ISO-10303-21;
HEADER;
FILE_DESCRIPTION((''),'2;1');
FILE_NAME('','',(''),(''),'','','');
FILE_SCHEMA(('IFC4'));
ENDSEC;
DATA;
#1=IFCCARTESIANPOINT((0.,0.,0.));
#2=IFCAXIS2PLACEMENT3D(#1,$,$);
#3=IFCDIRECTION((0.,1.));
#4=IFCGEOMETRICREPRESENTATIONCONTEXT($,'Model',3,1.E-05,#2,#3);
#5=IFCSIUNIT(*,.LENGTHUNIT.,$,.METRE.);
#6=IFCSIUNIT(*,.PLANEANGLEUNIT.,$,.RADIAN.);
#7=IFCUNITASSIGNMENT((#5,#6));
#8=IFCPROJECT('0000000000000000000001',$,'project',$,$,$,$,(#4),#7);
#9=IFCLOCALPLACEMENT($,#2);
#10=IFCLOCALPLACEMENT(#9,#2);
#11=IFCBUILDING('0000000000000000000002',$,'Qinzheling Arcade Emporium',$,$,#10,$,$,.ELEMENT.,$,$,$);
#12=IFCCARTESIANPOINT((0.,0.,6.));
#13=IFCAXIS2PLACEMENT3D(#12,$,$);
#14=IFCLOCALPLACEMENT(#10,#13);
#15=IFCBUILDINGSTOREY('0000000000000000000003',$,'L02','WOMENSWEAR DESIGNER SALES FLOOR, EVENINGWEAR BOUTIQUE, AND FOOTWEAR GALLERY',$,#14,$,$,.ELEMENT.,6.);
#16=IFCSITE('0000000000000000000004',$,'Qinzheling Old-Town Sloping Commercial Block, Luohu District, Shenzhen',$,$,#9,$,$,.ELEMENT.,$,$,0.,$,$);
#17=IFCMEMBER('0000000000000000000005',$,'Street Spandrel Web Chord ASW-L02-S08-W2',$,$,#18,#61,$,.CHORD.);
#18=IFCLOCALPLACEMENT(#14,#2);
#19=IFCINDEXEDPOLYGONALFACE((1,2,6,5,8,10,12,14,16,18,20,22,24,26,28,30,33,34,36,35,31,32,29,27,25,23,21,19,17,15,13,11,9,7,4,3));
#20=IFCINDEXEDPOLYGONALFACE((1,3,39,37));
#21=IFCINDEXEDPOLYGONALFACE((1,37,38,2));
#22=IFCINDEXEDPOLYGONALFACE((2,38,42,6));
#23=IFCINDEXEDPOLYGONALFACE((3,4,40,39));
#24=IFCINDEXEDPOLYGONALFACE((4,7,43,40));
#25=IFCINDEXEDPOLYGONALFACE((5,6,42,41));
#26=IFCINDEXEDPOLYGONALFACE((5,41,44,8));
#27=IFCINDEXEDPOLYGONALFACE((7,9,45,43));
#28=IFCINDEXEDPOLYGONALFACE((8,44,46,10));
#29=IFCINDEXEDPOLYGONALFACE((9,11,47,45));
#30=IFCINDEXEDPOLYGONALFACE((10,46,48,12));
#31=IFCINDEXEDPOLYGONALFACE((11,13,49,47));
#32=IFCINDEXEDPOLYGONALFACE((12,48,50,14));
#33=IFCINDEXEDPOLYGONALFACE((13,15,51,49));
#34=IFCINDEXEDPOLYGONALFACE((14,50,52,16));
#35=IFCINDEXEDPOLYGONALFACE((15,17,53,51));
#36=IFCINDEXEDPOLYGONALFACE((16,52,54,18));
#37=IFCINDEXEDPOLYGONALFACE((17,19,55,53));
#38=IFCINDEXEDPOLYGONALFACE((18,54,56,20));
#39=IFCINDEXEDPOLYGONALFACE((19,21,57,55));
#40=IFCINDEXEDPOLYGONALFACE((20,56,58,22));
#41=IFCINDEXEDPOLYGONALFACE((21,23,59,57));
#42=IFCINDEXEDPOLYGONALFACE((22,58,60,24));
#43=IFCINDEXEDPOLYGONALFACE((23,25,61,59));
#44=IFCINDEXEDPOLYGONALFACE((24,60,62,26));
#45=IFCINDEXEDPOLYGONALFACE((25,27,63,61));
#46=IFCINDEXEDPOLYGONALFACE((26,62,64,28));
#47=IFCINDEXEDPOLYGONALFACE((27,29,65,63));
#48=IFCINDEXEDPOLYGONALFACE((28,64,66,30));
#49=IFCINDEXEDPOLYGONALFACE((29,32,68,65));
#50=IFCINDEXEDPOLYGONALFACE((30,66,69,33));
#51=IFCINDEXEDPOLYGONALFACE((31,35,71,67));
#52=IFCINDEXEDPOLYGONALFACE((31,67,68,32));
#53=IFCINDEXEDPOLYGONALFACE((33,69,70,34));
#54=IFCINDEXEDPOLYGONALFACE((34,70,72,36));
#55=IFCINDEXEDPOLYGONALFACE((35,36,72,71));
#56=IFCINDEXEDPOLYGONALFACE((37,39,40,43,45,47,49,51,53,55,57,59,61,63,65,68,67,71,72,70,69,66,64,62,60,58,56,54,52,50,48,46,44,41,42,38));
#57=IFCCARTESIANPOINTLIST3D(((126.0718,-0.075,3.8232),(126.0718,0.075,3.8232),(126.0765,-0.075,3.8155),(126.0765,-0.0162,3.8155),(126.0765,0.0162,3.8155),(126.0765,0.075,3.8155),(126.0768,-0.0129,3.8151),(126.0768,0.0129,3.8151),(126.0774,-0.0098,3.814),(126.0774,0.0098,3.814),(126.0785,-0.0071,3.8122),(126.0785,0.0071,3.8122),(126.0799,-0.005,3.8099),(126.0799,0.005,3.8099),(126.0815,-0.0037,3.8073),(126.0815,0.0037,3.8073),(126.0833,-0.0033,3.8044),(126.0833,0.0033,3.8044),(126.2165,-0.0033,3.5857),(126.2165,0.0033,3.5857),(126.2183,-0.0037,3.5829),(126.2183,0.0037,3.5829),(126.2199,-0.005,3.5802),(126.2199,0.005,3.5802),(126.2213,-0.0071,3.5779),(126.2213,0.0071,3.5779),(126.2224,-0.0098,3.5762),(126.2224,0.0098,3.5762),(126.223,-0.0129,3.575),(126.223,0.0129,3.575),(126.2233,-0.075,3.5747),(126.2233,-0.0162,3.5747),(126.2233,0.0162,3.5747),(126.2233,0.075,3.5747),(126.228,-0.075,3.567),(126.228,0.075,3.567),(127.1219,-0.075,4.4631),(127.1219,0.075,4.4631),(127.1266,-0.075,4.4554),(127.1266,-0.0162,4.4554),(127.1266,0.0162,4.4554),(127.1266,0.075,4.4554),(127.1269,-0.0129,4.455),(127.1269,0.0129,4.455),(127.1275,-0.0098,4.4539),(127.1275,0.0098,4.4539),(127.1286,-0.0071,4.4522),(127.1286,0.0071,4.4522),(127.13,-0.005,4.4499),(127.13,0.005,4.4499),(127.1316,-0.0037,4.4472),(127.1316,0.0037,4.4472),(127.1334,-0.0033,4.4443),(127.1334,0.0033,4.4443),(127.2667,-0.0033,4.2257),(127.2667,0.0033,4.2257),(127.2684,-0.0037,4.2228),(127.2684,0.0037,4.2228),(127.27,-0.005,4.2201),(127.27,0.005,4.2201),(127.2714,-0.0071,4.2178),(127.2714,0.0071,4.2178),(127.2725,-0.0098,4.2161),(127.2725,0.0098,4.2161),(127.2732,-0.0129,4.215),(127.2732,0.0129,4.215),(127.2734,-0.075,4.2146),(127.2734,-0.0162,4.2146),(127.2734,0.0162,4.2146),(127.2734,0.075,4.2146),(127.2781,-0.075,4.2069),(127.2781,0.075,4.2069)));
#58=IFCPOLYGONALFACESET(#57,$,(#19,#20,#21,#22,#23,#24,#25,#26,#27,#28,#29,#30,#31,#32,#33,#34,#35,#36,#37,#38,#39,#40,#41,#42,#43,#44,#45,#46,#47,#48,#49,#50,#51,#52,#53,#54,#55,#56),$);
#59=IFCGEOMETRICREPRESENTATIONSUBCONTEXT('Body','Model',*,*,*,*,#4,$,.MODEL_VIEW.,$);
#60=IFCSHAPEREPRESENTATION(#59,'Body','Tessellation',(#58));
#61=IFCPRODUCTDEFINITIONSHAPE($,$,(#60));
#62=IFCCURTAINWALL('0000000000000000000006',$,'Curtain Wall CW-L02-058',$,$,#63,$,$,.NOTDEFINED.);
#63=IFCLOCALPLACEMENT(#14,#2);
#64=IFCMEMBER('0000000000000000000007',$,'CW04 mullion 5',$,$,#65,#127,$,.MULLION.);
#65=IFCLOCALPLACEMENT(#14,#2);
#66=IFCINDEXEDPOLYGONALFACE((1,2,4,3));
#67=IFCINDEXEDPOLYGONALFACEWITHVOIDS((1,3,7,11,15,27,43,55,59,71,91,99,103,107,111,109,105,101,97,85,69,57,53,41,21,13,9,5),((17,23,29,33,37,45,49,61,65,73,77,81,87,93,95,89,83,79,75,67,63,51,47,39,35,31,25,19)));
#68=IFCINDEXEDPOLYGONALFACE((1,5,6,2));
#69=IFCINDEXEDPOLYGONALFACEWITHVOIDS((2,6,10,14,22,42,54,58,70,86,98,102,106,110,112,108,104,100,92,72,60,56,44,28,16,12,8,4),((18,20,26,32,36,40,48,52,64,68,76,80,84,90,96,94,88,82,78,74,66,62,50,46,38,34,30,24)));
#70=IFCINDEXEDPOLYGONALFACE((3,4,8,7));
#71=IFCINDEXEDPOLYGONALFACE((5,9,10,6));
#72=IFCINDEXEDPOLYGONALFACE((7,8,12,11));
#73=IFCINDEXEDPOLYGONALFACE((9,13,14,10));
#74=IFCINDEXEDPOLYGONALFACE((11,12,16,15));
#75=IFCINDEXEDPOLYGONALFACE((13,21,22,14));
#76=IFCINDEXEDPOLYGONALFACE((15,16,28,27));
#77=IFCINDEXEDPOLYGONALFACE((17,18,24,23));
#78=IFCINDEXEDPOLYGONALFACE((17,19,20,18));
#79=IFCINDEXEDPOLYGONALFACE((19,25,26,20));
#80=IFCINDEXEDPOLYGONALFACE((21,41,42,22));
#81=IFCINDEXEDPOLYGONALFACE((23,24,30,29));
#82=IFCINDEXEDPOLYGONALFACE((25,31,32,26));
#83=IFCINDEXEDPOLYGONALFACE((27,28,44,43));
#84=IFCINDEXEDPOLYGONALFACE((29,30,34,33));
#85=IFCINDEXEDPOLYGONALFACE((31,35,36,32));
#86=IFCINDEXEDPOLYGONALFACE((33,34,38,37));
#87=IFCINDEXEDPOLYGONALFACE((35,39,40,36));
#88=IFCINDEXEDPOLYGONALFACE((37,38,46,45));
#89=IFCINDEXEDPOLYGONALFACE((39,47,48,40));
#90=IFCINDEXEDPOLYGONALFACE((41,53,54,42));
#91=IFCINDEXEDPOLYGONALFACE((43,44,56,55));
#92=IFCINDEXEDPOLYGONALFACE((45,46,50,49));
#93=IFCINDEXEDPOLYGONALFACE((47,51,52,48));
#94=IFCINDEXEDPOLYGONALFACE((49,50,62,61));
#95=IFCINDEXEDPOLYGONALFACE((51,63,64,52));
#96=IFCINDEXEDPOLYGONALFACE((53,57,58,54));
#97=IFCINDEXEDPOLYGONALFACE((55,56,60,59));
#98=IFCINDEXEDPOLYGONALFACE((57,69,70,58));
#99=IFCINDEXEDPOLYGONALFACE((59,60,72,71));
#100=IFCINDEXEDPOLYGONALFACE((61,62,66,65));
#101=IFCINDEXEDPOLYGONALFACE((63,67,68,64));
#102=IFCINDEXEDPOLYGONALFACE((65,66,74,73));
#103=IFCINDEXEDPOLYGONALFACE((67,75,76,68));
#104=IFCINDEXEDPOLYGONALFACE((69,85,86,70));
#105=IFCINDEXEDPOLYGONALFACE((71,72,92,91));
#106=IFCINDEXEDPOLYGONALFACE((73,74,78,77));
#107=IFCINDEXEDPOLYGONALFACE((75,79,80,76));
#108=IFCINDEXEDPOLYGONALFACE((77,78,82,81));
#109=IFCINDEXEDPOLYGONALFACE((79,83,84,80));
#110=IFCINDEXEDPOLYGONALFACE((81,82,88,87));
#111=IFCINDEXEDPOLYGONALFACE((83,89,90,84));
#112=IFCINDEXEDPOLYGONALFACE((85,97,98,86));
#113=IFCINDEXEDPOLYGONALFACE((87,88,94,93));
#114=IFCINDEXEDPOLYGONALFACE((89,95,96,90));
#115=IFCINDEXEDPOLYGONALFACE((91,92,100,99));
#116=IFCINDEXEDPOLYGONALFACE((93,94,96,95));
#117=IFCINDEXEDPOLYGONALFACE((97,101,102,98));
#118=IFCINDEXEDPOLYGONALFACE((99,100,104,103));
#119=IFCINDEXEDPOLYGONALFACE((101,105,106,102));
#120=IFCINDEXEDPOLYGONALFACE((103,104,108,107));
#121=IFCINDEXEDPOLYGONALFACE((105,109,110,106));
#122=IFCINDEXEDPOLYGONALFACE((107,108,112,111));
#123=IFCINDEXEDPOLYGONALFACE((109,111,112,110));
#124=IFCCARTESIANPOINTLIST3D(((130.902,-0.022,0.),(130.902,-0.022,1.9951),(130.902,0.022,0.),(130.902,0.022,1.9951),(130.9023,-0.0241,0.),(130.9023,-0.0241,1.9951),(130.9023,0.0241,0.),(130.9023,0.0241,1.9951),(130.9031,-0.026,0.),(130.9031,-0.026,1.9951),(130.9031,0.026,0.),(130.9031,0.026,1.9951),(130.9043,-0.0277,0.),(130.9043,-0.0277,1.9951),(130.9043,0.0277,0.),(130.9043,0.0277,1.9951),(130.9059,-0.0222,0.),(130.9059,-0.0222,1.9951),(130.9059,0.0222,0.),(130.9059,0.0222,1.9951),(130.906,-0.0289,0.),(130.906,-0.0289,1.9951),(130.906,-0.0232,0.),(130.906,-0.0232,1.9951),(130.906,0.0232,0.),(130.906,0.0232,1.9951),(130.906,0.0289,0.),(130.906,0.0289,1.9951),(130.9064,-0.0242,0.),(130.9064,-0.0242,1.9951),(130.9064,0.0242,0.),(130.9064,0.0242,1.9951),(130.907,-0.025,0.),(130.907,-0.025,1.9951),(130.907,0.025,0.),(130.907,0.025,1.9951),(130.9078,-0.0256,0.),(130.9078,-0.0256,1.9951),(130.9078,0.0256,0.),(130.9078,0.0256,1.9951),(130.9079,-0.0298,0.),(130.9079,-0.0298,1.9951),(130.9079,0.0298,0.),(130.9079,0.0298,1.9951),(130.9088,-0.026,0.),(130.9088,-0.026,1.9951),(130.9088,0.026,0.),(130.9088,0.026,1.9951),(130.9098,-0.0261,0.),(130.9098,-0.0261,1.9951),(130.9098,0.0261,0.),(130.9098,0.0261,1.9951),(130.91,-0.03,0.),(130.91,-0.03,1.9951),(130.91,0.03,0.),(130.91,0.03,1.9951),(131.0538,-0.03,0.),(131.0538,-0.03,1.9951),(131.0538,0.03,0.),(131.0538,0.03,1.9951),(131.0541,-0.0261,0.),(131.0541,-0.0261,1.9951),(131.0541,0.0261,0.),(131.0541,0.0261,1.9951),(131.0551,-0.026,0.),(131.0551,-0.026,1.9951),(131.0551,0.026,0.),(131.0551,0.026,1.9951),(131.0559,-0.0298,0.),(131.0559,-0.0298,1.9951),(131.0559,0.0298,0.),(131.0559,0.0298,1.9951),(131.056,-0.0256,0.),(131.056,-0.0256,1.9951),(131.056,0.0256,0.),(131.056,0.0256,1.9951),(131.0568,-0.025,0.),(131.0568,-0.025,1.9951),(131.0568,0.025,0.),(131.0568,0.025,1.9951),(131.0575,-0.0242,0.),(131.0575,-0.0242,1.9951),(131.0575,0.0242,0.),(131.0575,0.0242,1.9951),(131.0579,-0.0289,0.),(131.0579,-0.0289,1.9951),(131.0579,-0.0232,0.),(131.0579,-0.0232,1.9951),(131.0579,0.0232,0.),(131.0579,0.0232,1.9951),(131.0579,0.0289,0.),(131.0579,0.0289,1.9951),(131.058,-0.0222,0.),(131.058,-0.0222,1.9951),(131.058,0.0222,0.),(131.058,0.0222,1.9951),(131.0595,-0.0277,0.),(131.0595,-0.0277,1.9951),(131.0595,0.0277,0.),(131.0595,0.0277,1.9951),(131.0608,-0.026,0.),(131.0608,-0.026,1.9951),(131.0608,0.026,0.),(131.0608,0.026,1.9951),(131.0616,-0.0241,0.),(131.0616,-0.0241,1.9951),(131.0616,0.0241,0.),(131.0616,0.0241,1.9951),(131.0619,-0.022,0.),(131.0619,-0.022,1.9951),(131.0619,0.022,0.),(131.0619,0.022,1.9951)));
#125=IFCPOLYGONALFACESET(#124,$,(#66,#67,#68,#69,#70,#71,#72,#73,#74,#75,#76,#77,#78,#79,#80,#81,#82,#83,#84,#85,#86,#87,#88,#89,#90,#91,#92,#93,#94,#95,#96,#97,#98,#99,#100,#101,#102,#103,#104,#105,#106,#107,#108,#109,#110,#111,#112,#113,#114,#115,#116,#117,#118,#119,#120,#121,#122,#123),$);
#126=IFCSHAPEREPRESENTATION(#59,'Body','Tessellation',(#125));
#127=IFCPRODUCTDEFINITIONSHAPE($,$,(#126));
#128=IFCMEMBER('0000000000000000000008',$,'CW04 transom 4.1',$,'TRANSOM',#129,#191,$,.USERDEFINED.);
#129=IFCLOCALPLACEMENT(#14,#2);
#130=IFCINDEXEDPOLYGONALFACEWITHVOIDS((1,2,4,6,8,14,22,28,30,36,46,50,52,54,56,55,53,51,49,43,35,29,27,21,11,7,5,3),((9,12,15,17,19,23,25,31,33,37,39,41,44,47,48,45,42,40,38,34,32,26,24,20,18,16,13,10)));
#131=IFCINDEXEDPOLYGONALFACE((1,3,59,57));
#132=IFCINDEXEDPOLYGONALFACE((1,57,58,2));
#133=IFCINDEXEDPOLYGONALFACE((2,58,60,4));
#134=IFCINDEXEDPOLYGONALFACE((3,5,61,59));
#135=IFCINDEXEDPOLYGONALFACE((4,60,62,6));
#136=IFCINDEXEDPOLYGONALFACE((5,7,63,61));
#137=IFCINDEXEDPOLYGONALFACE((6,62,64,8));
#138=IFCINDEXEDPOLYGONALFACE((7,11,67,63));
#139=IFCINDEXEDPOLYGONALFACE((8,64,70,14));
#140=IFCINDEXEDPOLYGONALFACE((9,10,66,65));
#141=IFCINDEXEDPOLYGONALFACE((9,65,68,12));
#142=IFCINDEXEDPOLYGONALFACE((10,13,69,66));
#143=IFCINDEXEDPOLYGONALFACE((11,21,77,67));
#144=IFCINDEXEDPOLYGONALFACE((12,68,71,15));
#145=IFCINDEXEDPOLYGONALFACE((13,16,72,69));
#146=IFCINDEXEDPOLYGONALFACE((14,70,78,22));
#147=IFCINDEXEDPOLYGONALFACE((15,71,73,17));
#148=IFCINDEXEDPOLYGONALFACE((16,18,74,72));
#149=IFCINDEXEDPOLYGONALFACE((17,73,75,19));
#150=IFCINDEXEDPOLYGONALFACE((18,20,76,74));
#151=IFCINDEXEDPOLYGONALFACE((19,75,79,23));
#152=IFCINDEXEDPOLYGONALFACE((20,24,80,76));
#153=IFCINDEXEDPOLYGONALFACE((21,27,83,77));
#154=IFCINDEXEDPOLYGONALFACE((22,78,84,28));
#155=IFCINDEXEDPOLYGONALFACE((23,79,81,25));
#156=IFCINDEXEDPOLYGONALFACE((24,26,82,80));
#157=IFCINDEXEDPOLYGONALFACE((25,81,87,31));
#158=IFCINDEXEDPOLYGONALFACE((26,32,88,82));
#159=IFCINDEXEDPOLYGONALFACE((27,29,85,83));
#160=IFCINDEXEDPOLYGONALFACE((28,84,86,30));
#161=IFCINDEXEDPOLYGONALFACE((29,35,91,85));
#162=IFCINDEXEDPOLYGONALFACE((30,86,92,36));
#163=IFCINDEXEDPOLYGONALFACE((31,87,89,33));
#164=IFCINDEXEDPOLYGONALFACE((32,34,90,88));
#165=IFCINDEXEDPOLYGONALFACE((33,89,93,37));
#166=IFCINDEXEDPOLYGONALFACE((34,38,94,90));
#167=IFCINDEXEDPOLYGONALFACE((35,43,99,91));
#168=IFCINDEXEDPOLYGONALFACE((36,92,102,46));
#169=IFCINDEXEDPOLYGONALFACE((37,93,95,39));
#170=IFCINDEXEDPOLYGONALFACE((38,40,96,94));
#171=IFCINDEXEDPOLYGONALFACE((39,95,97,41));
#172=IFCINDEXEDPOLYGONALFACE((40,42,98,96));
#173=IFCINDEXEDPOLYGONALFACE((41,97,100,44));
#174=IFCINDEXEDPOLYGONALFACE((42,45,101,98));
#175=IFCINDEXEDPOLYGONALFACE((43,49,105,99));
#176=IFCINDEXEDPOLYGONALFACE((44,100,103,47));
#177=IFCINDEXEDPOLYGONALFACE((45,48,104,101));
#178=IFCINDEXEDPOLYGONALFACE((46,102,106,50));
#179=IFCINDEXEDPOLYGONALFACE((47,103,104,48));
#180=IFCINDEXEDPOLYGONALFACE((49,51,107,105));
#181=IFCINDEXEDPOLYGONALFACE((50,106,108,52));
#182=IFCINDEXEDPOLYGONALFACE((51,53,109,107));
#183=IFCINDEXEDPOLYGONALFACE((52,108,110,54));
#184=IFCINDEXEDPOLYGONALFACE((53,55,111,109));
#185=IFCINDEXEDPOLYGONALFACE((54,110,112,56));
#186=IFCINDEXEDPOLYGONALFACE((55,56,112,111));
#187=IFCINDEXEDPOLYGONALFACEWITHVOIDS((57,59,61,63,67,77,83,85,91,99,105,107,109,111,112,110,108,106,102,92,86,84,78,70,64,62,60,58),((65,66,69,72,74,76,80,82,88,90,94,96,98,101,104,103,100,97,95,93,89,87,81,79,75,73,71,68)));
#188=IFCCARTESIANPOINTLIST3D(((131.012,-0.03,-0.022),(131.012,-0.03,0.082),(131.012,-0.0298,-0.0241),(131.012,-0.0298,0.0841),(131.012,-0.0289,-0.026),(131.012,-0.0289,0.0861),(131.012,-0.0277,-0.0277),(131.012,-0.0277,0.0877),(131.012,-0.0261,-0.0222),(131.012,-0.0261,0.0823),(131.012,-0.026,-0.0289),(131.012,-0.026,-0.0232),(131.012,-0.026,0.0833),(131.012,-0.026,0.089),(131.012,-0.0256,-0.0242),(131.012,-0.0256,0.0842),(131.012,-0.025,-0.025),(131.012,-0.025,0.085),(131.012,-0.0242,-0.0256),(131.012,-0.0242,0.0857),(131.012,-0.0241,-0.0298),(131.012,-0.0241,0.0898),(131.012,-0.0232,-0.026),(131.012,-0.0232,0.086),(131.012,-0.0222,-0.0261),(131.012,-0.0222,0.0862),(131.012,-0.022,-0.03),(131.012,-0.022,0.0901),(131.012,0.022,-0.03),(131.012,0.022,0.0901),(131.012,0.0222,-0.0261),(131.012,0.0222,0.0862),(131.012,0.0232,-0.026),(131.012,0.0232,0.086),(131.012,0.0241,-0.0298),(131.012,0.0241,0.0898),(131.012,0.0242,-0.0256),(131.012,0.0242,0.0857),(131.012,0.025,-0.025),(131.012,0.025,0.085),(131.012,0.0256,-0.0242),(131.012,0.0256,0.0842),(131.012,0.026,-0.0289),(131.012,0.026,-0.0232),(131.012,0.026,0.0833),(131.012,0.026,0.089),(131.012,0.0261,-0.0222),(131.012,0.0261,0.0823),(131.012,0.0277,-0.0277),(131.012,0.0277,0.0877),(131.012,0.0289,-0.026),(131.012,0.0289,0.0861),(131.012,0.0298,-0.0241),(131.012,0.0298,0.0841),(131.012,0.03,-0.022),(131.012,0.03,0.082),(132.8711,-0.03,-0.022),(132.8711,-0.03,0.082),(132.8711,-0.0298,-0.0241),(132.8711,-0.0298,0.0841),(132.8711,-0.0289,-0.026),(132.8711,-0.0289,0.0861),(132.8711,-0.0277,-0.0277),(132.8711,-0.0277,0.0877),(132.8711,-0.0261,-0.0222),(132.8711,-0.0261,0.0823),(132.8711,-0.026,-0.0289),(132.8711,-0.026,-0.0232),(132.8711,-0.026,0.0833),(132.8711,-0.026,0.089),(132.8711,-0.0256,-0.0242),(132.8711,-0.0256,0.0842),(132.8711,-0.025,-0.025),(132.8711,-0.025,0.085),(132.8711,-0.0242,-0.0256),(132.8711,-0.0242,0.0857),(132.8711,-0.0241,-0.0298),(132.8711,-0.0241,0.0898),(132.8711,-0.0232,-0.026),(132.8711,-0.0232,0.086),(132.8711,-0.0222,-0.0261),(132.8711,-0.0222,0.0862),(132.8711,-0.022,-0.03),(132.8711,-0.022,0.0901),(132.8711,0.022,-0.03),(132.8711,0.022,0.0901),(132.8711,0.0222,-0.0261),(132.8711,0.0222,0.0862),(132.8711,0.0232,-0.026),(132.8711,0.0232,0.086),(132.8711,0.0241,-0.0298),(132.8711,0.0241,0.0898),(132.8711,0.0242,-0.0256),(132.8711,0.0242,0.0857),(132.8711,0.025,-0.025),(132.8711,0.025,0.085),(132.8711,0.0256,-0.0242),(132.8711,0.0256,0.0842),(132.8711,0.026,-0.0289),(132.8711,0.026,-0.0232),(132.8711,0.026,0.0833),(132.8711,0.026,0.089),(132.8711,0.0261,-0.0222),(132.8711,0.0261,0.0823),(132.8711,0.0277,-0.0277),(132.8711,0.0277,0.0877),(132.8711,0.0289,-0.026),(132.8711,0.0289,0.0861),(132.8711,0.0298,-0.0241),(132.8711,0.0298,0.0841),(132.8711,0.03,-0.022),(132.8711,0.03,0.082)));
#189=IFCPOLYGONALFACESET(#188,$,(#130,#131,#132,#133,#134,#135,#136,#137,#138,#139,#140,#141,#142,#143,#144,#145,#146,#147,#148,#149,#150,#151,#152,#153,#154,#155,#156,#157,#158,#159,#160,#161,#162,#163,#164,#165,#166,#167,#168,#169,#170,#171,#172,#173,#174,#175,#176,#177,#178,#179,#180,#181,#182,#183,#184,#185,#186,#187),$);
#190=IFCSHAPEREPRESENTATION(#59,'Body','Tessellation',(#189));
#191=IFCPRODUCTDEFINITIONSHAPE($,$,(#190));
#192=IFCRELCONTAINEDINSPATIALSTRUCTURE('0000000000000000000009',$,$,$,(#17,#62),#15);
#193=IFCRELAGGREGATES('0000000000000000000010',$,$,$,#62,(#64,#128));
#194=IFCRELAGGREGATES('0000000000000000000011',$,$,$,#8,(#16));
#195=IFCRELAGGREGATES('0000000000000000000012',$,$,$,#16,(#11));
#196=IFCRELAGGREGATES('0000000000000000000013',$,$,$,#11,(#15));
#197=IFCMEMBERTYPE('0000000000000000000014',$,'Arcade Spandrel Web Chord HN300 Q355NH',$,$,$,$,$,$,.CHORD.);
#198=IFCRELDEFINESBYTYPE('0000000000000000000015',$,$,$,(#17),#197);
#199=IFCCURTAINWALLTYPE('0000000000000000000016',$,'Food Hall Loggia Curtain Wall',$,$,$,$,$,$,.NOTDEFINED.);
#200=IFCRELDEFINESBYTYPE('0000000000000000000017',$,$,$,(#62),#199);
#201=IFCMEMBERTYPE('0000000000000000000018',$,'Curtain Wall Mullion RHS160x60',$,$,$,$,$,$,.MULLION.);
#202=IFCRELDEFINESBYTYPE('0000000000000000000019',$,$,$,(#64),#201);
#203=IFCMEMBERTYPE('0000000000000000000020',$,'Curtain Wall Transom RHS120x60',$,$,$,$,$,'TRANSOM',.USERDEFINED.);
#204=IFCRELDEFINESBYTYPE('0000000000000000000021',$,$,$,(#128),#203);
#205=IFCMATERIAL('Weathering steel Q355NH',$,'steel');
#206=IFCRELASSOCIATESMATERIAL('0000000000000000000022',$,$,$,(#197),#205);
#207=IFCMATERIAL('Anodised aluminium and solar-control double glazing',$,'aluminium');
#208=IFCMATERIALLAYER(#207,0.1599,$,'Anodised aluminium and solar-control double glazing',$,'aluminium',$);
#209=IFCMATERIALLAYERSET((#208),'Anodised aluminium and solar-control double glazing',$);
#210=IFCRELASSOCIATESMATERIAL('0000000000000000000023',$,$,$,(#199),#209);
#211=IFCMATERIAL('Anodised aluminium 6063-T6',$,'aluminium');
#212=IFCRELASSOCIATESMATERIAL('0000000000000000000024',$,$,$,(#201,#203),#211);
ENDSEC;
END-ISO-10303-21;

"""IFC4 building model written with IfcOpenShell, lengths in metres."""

from ifc_helpers import new_model, si_unit, direction, frame, origin, origin_2d, place, context, subcontext, project, spatial, hollow_rectangle, i_section, extrude, material, layer, layer_set, material_profile, profile_set, type_object, element, aggregate, save


model = new_model("IFC4")

# Units and contexts
model_context = context("Model", 3, precision=1e-05, world=origin(), true_north=direction((0.0, 1.0)))
body_context = subcontext(model_context, "Body", "Model", "MODEL_VIEW")
ifc_project = project(units=[si_unit("LENGTHUNIT", "METRE"), si_unit("PLANEANGLEUNIT", "RADIAN")], contexts=[model_context])

# Site, building, storey
site_placement = place(None, origin())
site = spatial("IfcSite", under=ifc_project, at=site_placement, Name="Qinzheling Old-Town Sloping Commercial Block, Luohu District, Shenzhen", CompositionType="ELEMENT", RefElevation=0.0)
building_placement = place(site_placement, origin())
building = spatial("IfcBuilding", under=site, at=building_placement, Name="Qinzheling Arcade Emporium", CompositionType="ELEMENT")
storey_placement = place(building_placement, frame((0.0, 0.0, 6.0)))
storey = spatial("IfcBuildingStorey", under=building, at=storey_placement, Name="L02", Description="WOMENSWEAR DESIGNER SALES FLOOR, EVENINGWEAR BOUTIQUE, AND FOOTWEAR GALLERY", CompositionType="ELEMENT", Elevation=6.0)

# Shared definitions
ifc_material_1 = material(Name="Weathering steel Q355NH", Category="steel")

# Member
ifc_material_profile_1 = material_profile(ifc_material_1, i_section(OverallWidth=0.1499, OverallDepth=0.3, WebThickness=0.0066, FlangeThickness=0.009, FilletRadius=0.0129, at=origin_2d()), Name="HN 300x150x6.5x9", Category="steel")
ifc_profile_set_1 = profile_set([ifc_material_profile_1], Name="Weathering steel Q355NH")
member_type_1 = type_object("IfcMemberType", Name="Arcade Spandrel Web Chord HN300 Q355NH", PredefinedType="CHORD", material=ifc_profile_set_1)
member_1_placement = place(storey_placement, frame((126.1499, 0.0, 3.6951), z_axis=(0.853934, 0.0, 0.520381), x_axis=(0.0, 1.0, 0.0)))
element("IfcMember", 1, at=member_1_placement, inside=storey, type_object=member_type_1, Name="Street Spandrel Web Chord ASW-L02-S08-W2", PredefinedType="CHORD", context=body_context, shape_type="SweptSolid", body=[
    extrude(i_section(OverallWidth=0.1499, OverallDepth=0.3, WebThickness=0.0066, FlangeThickness=0.009, FilletRadius=0.0129, at=origin_2d()), origin(), (0.0, 0.0, 1.0), 1.2297),
])

# Curtain wall, members
ifc_material_2 = material(Name="Anodised aluminium and solar-control double glazing", Category="aluminium")
ifc_layer_1 = layer(ifc_material_2, 0.1599, Name="Anodised aluminium and solar-control double glazing", Category="aluminium")
ifc_layer_set_1 = layer_set([ifc_layer_1], Name="Anodised aluminium and solar-control double glazing")
curtain_wall_type = type_object("IfcCurtainWallType", Name="Food Hall Loggia Curtain Wall", PredefinedType="NOTDEFINED", material=ifc_layer_set_1)
curtain_wall_placement = place(storey_placement, origin())
curtain_wall = element("IfcCurtainWall", 2, at=curtain_wall_placement, inside=storey, type_object=curtain_wall_type, Name="Curtain Wall CW-L02-058", PredefinedType="NOTDEFINED")
ifc_material_3 = material(Name="Anodised aluminium 6063-T6", Category="aluminium")
ifc_material_profile_2 = material_profile(ifc_material_3, hollow_rectangle(XDim=0.0601, YDim=0.1599, WallThickness=0.0039, InnerFilletRadius=0.0039, OuterFilletRadius=0.0081, at=origin_2d()), Name="RHS 160x60x4", Category="aluminium")
ifc_profile_set_2 = profile_set([ifc_material_profile_2], Name="Anodised aluminium 6063-T6")
member_type_2 = type_object("IfcMemberType", Name="Curtain Wall Mullion RHS160x60", PredefinedType="MULLION", material=ifc_profile_set_2)
member_2_placement = place(storey_placement, frame((130.9819, 0.0, 0.0), z_axis=(0.0, 0.0, 1.0), x_axis=(0.0, -1.0, 0.0)))
member_2 = element("IfcMember", 3, at=member_2_placement, type_object=member_type_2, Name="CW04 mullion 5", PredefinedType="MULLION", context=body_context, shape_type="SweptSolid", body=[
    extrude(hollow_rectangle(XDim=0.0601, YDim=0.1599, WallThickness=0.0039, InnerFilletRadius=0.0039, OuterFilletRadius=0.0081, at=origin_2d()), origin(), (0.0, 0.0, 1.0), 1.9951),
])
ifc_material_profile_3 = material_profile(ifc_material_3, hollow_rectangle(XDim=0.0601, YDim=0.1201, WallThickness=0.0039, InnerFilletRadius=0.0039, OuterFilletRadius=0.0081, at=origin_2d()), Name="RHS 120x60x4", Category="aluminium")
ifc_profile_set_3 = profile_set([ifc_material_profile_3], Name="Anodised aluminium 6063-T6")
member_type_3 = type_object("IfcMemberType", Name="Curtain Wall Transom RHS120x60", ElementType="TRANSOM", PredefinedType="USERDEFINED", material=ifc_profile_set_3)
member_3_placement = place(storey_placement, frame((132.8711, 0.0, 0.03), z_axis=(-1.0, 0.0, 0.0), x_axis=(0.0, -1.0, 0.0)))
member_3 = element("IfcMember", 4, at=member_3_placement, type_object=member_type_3, Name="CW04 transom 4.1", ObjectType="TRANSOM", PredefinedType="USERDEFINED", context=body_context, shape_type="SweptSolid", body=[
    extrude(hollow_rectangle(XDim=0.0601, YDim=0.1201, WallThickness=0.0039, InnerFilletRadius=0.0039, OuterFilletRadius=0.0081, at=origin_2d()), origin(), (0.0, 0.0, 1.0), 1.8591),
])

aggregate(curtain_wall, [member_2, member_3])

save(model, "model.ifc")
